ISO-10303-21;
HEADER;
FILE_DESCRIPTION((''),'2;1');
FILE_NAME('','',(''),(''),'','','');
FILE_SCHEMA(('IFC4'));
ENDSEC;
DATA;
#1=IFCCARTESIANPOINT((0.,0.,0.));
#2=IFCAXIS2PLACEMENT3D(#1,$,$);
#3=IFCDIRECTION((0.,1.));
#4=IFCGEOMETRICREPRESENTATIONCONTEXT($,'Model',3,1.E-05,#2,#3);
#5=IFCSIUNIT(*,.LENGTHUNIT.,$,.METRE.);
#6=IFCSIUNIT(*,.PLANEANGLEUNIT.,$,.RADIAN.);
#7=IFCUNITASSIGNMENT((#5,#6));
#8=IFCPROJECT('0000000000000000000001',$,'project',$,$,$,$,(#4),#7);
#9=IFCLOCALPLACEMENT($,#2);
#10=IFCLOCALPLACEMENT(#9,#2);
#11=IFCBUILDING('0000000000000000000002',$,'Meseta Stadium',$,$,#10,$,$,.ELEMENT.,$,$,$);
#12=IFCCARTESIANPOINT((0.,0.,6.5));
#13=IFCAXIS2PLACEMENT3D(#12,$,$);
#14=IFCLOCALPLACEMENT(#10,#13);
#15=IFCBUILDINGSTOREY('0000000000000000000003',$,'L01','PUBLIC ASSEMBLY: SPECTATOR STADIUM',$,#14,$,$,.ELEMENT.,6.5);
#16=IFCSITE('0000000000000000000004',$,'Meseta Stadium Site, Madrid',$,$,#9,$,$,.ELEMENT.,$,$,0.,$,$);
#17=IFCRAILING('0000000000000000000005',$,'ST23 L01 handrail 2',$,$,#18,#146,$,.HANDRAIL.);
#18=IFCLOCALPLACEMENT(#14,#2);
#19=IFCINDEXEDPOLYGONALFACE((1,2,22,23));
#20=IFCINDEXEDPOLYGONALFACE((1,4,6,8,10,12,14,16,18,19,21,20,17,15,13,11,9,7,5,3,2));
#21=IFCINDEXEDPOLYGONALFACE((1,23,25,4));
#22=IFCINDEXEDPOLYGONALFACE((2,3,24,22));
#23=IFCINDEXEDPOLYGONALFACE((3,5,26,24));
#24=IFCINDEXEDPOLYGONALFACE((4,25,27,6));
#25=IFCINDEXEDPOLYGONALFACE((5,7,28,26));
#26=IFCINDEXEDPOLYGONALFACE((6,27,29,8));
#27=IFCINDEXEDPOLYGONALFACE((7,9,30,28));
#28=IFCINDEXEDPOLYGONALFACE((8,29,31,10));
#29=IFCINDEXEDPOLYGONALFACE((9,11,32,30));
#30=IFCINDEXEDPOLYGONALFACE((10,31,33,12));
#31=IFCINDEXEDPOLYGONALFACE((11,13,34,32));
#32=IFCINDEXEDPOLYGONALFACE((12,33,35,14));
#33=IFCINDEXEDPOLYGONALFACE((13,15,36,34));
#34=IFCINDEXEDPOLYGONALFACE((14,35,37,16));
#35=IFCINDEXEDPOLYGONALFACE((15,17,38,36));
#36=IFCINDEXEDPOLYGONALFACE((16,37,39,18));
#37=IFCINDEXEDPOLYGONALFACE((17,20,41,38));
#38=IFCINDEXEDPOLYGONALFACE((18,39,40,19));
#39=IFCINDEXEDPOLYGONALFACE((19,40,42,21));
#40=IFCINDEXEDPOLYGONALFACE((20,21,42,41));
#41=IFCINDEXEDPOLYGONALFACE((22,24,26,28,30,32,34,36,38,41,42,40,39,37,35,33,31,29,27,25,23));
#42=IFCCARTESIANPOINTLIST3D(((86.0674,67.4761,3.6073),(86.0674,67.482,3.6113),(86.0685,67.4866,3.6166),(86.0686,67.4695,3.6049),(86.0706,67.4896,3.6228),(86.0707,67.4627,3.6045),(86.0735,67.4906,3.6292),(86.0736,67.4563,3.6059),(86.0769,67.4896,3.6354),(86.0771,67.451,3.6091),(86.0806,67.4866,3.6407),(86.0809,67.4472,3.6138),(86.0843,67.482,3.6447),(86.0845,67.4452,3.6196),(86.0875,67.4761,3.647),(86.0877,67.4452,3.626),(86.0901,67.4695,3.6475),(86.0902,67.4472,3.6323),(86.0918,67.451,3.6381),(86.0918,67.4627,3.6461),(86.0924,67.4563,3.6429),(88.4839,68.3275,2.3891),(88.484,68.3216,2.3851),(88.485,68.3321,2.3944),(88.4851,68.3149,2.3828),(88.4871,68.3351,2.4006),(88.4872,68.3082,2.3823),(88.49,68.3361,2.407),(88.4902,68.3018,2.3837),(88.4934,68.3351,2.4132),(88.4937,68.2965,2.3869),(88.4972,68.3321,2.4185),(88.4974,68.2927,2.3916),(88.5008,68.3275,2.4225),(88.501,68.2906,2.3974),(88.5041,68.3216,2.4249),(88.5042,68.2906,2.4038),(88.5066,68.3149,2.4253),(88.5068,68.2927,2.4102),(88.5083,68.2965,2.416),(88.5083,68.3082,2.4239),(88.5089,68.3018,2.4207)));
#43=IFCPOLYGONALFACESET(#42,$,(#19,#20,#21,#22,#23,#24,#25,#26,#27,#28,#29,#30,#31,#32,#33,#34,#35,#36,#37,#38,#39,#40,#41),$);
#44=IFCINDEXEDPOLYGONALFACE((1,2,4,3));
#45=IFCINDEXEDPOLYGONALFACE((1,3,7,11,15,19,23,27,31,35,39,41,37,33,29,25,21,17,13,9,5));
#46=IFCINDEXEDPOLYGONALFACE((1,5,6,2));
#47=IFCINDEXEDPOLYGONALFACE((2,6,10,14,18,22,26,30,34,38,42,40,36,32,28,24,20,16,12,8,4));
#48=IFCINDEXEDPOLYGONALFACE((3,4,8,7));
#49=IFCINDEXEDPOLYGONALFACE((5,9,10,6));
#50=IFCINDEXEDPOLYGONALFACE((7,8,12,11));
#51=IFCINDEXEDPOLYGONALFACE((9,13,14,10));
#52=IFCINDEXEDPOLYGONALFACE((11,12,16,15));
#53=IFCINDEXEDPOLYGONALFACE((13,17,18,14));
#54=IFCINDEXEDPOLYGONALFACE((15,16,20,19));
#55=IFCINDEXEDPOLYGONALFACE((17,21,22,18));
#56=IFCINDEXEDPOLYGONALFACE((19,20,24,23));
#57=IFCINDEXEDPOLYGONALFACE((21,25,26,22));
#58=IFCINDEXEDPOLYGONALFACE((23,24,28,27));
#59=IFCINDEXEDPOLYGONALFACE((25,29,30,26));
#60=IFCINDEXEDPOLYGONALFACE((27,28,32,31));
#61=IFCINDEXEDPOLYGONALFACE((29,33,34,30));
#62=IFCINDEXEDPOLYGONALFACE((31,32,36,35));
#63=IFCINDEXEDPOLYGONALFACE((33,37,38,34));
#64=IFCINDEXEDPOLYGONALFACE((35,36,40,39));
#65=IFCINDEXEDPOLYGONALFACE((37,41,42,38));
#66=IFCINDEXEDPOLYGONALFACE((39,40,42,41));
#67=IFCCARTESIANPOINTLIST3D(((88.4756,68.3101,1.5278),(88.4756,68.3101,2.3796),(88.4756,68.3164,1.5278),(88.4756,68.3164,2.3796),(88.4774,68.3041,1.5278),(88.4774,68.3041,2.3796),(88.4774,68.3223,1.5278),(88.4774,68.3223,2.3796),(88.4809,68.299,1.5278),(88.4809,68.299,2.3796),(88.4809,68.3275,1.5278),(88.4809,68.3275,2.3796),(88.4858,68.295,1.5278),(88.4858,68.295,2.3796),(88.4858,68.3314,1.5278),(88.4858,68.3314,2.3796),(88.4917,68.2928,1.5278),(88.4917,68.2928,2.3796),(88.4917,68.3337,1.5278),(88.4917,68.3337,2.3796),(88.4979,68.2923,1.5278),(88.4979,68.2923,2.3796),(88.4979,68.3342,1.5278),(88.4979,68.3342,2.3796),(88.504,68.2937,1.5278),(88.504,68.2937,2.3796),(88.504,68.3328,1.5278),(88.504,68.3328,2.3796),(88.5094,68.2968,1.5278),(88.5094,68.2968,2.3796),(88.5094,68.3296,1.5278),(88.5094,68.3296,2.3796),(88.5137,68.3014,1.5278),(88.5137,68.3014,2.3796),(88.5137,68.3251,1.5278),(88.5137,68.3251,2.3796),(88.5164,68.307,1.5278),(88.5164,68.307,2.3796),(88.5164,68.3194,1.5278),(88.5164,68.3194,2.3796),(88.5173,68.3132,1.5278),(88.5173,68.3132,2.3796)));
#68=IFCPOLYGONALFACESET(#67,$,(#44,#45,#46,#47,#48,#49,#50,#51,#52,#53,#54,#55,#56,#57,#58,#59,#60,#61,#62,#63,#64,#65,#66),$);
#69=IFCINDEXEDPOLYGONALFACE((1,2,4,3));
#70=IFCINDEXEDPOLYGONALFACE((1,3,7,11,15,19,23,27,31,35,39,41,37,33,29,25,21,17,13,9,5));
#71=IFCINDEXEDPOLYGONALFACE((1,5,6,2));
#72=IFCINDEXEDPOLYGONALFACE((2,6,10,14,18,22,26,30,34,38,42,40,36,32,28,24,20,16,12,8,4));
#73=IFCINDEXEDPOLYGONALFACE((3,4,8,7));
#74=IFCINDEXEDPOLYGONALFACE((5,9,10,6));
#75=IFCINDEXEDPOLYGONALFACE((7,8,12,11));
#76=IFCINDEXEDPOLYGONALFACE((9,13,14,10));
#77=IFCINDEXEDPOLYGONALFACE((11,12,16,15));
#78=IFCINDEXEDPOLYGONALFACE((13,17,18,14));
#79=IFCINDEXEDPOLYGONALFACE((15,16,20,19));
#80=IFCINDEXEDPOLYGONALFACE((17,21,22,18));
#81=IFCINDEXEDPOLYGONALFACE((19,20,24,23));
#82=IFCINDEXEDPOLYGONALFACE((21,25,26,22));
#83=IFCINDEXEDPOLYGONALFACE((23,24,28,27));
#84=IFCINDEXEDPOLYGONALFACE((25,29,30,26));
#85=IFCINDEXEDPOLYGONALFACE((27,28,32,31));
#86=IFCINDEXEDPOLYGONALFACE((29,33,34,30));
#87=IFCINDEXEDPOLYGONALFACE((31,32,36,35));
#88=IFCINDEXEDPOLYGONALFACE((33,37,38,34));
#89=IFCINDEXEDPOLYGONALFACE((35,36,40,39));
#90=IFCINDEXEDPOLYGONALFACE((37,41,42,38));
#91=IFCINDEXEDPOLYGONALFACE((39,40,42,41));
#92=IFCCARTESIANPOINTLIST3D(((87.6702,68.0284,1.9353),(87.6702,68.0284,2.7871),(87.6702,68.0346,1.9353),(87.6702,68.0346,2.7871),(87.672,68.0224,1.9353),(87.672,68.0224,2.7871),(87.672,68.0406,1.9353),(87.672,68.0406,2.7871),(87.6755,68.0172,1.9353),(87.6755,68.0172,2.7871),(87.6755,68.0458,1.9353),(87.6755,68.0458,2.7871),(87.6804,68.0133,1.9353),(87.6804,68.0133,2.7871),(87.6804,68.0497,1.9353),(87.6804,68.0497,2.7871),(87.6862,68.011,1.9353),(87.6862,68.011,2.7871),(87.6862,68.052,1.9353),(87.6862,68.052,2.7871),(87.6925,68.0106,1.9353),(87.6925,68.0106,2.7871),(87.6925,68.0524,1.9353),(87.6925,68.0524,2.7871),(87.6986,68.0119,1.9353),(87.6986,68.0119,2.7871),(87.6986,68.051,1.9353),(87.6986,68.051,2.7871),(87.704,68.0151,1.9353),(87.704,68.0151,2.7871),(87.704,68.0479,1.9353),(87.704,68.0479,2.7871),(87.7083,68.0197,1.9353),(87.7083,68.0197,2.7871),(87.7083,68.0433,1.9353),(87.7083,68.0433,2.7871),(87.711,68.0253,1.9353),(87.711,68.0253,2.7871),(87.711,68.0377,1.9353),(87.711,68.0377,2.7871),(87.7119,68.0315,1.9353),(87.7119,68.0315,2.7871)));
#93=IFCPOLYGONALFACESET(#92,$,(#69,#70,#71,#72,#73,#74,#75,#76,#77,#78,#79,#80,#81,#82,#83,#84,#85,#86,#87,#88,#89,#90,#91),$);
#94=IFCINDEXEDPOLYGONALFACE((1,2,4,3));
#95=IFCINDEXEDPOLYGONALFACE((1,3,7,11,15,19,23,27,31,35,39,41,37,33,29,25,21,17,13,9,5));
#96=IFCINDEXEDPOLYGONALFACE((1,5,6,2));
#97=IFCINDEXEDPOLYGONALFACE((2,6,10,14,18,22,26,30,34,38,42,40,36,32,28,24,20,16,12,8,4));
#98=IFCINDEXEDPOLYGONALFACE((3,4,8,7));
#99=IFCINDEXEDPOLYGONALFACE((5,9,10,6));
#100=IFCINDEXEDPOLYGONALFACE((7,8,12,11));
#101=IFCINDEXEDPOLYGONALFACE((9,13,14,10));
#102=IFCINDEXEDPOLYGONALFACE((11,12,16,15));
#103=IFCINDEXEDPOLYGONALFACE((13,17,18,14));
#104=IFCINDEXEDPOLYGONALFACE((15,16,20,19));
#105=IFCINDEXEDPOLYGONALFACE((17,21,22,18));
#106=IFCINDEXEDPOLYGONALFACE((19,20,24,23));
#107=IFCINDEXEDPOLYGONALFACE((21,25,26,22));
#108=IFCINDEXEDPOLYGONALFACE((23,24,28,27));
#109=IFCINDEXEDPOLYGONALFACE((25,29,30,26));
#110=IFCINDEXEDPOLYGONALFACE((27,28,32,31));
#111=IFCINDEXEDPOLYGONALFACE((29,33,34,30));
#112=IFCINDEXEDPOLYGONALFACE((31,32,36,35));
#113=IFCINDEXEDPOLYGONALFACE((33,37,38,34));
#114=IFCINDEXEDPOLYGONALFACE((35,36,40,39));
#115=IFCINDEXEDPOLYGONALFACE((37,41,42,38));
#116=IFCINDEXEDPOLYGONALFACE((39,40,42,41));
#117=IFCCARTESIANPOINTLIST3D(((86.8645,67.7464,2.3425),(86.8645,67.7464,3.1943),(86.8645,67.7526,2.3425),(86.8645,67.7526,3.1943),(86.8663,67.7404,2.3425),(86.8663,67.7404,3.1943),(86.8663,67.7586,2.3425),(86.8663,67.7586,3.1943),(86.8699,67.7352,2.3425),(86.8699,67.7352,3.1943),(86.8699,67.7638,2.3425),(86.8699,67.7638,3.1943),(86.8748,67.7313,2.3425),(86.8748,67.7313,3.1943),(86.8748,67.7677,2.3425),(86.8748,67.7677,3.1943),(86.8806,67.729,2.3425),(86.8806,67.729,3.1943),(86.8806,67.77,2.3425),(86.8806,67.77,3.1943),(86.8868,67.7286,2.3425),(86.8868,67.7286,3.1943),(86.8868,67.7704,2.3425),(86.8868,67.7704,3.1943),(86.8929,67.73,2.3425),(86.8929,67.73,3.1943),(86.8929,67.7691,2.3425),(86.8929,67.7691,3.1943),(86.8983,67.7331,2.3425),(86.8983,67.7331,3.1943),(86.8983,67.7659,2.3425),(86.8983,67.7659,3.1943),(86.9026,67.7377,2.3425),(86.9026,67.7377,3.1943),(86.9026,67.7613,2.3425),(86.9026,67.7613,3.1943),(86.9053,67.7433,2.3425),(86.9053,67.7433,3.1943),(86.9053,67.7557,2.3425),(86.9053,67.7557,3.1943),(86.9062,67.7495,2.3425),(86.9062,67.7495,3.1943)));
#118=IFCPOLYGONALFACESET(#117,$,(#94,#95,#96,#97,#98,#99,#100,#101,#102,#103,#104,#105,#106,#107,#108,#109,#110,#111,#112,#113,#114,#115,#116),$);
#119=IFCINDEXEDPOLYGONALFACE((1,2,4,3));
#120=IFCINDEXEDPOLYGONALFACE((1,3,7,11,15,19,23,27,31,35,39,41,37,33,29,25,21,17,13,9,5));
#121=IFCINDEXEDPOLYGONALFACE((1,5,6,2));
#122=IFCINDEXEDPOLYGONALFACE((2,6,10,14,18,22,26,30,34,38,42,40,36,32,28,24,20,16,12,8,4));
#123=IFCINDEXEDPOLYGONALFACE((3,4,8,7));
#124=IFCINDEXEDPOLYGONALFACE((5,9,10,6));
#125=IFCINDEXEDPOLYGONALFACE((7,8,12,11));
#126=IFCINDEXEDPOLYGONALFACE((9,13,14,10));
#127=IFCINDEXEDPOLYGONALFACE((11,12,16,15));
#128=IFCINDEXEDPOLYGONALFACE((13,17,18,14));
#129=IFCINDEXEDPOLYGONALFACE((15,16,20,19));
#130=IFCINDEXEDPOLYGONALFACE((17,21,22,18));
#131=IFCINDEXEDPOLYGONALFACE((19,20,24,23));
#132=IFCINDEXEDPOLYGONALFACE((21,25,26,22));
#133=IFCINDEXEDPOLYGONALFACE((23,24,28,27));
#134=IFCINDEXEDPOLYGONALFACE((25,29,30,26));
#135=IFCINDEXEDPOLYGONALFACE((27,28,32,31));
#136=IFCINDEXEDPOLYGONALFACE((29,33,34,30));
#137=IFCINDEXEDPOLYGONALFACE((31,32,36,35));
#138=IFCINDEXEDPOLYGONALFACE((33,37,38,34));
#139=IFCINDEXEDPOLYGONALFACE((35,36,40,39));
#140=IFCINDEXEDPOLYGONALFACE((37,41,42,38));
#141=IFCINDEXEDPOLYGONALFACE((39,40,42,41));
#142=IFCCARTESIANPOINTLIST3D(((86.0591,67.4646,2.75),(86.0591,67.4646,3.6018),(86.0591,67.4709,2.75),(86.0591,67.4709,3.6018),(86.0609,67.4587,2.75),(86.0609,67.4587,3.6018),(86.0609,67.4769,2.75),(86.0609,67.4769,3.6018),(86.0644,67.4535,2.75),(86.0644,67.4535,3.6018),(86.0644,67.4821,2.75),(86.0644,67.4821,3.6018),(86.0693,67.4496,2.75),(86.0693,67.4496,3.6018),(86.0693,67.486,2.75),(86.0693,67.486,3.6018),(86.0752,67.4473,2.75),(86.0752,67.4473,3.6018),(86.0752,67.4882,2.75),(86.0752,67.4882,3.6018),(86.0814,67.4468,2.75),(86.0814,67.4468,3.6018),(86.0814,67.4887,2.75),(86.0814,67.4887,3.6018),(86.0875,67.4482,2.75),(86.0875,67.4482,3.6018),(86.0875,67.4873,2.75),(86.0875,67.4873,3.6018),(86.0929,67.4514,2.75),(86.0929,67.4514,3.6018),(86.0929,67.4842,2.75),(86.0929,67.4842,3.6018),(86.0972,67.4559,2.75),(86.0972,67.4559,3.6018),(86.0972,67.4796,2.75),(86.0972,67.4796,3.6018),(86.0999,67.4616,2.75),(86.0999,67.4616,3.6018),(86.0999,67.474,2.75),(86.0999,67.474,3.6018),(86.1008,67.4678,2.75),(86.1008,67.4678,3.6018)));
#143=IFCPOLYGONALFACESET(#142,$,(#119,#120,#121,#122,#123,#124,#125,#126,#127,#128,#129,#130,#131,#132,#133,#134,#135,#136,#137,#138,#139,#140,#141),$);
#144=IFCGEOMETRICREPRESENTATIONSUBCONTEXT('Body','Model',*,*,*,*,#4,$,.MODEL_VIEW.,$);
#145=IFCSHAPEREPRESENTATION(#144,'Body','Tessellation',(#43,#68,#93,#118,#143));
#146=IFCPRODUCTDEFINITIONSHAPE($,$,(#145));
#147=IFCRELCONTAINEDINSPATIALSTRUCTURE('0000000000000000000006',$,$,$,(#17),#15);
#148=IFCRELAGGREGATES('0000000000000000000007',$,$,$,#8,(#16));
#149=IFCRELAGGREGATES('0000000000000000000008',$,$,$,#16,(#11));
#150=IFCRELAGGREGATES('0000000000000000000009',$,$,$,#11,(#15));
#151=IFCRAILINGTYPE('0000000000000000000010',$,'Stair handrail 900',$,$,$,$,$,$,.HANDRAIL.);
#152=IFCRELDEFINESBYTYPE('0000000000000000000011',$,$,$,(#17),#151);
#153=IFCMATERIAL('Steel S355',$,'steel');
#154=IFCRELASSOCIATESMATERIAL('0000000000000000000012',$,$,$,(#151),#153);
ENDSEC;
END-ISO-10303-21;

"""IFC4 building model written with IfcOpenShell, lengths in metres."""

from ifc_helpers import new_model, si_unit, direction, frame, origin, origin_2d, place, context, subcontext, project, spatial, circle, extrude, material, type_object, element, save


model = new_model("IFC4")

# Units and contexts
model_context = context("Model", 3, precision=1e-05, world=origin(), true_north=direction((0.0, 1.0)))
body_context = subcontext(model_context, "Body", "Model", "MODEL_VIEW")
ifc_project = project(units=[si_unit("LENGTHUNIT", "METRE"), si_unit("PLANEANGLEUNIT", "RADIAN")], contexts=[model_context])

# Site, building, storey
site_placement = place(None, origin())
site = spatial("IfcSite", under=ifc_project, at=site_placement, Name="Meseta Stadium Site, Madrid", CompositionType="ELEMENT", RefElevation=0.0)
building_placement = place(site_placement, origin())
building = spatial("IfcBuilding", under=site, at=building_placement, Name="Meseta Stadium", CompositionType="ELEMENT")
storey_placement = place(building_placement, frame((0.0, 0.0, 6.5)))
storey = spatial("IfcBuildingStorey", under=building, at=storey_placement, Name="L01", Description="PUBLIC ASSEMBLY: SPECTATOR STADIUM", CompositionType="ELEMENT", Elevation=6.5)

# Railing
ifc_material_1 = material(Name="Steel S355", Category="steel")
railing_type_1 = type_object("IfcRailingType", Name="Stair handrail 900", PredefinedType="HANDRAIL", material=ifc_material_1)
for number, where, name in (
    (1, (88.4963, 68.3132, 1.5278), "ST23 L01 handrail 2"),
):
    element("IfcRailing", number, at=place(storey_placement, frame(where)), inside=storey, type_object=railing_type_1, Name=name, PredefinedType="HANDRAIL", context=body_context, shape_type="SweptSolid", body=[
        extrude(circle(Radius=0.0239, at=origin_2d()), frame((0.0, 0.0, 0.876), z_axis=(-0.851812, -0.298022, 0.430811), x_axis=(0.33024, -0.943897, 0.0)), (0.0, 0.0, 1.0), 2.8369),
        extrude(circle(Radius=0.021, at=origin_2d()), origin(), (0.0, 0.0, 1.0), 0.8518),
        extrude(circle(Radius=0.021, at=origin_2d()), frame((-0.8054, -0.2817, 0.4075)), (0.0, 0.0, 1.0), 0.8518),
        extrude(circle(Radius=0.021, at=origin_2d()), frame((-1.6111, -0.5637, 0.8147)), (0.0, 0.0, 1.0), 0.8518),
        extrude(circle(Radius=0.021, at=origin_2d()), frame((-2.4165, -0.8455, 1.2222)), (0.0, 0.0, 1.0), 0.8518),
    ])

save(model, "model.ifc")
